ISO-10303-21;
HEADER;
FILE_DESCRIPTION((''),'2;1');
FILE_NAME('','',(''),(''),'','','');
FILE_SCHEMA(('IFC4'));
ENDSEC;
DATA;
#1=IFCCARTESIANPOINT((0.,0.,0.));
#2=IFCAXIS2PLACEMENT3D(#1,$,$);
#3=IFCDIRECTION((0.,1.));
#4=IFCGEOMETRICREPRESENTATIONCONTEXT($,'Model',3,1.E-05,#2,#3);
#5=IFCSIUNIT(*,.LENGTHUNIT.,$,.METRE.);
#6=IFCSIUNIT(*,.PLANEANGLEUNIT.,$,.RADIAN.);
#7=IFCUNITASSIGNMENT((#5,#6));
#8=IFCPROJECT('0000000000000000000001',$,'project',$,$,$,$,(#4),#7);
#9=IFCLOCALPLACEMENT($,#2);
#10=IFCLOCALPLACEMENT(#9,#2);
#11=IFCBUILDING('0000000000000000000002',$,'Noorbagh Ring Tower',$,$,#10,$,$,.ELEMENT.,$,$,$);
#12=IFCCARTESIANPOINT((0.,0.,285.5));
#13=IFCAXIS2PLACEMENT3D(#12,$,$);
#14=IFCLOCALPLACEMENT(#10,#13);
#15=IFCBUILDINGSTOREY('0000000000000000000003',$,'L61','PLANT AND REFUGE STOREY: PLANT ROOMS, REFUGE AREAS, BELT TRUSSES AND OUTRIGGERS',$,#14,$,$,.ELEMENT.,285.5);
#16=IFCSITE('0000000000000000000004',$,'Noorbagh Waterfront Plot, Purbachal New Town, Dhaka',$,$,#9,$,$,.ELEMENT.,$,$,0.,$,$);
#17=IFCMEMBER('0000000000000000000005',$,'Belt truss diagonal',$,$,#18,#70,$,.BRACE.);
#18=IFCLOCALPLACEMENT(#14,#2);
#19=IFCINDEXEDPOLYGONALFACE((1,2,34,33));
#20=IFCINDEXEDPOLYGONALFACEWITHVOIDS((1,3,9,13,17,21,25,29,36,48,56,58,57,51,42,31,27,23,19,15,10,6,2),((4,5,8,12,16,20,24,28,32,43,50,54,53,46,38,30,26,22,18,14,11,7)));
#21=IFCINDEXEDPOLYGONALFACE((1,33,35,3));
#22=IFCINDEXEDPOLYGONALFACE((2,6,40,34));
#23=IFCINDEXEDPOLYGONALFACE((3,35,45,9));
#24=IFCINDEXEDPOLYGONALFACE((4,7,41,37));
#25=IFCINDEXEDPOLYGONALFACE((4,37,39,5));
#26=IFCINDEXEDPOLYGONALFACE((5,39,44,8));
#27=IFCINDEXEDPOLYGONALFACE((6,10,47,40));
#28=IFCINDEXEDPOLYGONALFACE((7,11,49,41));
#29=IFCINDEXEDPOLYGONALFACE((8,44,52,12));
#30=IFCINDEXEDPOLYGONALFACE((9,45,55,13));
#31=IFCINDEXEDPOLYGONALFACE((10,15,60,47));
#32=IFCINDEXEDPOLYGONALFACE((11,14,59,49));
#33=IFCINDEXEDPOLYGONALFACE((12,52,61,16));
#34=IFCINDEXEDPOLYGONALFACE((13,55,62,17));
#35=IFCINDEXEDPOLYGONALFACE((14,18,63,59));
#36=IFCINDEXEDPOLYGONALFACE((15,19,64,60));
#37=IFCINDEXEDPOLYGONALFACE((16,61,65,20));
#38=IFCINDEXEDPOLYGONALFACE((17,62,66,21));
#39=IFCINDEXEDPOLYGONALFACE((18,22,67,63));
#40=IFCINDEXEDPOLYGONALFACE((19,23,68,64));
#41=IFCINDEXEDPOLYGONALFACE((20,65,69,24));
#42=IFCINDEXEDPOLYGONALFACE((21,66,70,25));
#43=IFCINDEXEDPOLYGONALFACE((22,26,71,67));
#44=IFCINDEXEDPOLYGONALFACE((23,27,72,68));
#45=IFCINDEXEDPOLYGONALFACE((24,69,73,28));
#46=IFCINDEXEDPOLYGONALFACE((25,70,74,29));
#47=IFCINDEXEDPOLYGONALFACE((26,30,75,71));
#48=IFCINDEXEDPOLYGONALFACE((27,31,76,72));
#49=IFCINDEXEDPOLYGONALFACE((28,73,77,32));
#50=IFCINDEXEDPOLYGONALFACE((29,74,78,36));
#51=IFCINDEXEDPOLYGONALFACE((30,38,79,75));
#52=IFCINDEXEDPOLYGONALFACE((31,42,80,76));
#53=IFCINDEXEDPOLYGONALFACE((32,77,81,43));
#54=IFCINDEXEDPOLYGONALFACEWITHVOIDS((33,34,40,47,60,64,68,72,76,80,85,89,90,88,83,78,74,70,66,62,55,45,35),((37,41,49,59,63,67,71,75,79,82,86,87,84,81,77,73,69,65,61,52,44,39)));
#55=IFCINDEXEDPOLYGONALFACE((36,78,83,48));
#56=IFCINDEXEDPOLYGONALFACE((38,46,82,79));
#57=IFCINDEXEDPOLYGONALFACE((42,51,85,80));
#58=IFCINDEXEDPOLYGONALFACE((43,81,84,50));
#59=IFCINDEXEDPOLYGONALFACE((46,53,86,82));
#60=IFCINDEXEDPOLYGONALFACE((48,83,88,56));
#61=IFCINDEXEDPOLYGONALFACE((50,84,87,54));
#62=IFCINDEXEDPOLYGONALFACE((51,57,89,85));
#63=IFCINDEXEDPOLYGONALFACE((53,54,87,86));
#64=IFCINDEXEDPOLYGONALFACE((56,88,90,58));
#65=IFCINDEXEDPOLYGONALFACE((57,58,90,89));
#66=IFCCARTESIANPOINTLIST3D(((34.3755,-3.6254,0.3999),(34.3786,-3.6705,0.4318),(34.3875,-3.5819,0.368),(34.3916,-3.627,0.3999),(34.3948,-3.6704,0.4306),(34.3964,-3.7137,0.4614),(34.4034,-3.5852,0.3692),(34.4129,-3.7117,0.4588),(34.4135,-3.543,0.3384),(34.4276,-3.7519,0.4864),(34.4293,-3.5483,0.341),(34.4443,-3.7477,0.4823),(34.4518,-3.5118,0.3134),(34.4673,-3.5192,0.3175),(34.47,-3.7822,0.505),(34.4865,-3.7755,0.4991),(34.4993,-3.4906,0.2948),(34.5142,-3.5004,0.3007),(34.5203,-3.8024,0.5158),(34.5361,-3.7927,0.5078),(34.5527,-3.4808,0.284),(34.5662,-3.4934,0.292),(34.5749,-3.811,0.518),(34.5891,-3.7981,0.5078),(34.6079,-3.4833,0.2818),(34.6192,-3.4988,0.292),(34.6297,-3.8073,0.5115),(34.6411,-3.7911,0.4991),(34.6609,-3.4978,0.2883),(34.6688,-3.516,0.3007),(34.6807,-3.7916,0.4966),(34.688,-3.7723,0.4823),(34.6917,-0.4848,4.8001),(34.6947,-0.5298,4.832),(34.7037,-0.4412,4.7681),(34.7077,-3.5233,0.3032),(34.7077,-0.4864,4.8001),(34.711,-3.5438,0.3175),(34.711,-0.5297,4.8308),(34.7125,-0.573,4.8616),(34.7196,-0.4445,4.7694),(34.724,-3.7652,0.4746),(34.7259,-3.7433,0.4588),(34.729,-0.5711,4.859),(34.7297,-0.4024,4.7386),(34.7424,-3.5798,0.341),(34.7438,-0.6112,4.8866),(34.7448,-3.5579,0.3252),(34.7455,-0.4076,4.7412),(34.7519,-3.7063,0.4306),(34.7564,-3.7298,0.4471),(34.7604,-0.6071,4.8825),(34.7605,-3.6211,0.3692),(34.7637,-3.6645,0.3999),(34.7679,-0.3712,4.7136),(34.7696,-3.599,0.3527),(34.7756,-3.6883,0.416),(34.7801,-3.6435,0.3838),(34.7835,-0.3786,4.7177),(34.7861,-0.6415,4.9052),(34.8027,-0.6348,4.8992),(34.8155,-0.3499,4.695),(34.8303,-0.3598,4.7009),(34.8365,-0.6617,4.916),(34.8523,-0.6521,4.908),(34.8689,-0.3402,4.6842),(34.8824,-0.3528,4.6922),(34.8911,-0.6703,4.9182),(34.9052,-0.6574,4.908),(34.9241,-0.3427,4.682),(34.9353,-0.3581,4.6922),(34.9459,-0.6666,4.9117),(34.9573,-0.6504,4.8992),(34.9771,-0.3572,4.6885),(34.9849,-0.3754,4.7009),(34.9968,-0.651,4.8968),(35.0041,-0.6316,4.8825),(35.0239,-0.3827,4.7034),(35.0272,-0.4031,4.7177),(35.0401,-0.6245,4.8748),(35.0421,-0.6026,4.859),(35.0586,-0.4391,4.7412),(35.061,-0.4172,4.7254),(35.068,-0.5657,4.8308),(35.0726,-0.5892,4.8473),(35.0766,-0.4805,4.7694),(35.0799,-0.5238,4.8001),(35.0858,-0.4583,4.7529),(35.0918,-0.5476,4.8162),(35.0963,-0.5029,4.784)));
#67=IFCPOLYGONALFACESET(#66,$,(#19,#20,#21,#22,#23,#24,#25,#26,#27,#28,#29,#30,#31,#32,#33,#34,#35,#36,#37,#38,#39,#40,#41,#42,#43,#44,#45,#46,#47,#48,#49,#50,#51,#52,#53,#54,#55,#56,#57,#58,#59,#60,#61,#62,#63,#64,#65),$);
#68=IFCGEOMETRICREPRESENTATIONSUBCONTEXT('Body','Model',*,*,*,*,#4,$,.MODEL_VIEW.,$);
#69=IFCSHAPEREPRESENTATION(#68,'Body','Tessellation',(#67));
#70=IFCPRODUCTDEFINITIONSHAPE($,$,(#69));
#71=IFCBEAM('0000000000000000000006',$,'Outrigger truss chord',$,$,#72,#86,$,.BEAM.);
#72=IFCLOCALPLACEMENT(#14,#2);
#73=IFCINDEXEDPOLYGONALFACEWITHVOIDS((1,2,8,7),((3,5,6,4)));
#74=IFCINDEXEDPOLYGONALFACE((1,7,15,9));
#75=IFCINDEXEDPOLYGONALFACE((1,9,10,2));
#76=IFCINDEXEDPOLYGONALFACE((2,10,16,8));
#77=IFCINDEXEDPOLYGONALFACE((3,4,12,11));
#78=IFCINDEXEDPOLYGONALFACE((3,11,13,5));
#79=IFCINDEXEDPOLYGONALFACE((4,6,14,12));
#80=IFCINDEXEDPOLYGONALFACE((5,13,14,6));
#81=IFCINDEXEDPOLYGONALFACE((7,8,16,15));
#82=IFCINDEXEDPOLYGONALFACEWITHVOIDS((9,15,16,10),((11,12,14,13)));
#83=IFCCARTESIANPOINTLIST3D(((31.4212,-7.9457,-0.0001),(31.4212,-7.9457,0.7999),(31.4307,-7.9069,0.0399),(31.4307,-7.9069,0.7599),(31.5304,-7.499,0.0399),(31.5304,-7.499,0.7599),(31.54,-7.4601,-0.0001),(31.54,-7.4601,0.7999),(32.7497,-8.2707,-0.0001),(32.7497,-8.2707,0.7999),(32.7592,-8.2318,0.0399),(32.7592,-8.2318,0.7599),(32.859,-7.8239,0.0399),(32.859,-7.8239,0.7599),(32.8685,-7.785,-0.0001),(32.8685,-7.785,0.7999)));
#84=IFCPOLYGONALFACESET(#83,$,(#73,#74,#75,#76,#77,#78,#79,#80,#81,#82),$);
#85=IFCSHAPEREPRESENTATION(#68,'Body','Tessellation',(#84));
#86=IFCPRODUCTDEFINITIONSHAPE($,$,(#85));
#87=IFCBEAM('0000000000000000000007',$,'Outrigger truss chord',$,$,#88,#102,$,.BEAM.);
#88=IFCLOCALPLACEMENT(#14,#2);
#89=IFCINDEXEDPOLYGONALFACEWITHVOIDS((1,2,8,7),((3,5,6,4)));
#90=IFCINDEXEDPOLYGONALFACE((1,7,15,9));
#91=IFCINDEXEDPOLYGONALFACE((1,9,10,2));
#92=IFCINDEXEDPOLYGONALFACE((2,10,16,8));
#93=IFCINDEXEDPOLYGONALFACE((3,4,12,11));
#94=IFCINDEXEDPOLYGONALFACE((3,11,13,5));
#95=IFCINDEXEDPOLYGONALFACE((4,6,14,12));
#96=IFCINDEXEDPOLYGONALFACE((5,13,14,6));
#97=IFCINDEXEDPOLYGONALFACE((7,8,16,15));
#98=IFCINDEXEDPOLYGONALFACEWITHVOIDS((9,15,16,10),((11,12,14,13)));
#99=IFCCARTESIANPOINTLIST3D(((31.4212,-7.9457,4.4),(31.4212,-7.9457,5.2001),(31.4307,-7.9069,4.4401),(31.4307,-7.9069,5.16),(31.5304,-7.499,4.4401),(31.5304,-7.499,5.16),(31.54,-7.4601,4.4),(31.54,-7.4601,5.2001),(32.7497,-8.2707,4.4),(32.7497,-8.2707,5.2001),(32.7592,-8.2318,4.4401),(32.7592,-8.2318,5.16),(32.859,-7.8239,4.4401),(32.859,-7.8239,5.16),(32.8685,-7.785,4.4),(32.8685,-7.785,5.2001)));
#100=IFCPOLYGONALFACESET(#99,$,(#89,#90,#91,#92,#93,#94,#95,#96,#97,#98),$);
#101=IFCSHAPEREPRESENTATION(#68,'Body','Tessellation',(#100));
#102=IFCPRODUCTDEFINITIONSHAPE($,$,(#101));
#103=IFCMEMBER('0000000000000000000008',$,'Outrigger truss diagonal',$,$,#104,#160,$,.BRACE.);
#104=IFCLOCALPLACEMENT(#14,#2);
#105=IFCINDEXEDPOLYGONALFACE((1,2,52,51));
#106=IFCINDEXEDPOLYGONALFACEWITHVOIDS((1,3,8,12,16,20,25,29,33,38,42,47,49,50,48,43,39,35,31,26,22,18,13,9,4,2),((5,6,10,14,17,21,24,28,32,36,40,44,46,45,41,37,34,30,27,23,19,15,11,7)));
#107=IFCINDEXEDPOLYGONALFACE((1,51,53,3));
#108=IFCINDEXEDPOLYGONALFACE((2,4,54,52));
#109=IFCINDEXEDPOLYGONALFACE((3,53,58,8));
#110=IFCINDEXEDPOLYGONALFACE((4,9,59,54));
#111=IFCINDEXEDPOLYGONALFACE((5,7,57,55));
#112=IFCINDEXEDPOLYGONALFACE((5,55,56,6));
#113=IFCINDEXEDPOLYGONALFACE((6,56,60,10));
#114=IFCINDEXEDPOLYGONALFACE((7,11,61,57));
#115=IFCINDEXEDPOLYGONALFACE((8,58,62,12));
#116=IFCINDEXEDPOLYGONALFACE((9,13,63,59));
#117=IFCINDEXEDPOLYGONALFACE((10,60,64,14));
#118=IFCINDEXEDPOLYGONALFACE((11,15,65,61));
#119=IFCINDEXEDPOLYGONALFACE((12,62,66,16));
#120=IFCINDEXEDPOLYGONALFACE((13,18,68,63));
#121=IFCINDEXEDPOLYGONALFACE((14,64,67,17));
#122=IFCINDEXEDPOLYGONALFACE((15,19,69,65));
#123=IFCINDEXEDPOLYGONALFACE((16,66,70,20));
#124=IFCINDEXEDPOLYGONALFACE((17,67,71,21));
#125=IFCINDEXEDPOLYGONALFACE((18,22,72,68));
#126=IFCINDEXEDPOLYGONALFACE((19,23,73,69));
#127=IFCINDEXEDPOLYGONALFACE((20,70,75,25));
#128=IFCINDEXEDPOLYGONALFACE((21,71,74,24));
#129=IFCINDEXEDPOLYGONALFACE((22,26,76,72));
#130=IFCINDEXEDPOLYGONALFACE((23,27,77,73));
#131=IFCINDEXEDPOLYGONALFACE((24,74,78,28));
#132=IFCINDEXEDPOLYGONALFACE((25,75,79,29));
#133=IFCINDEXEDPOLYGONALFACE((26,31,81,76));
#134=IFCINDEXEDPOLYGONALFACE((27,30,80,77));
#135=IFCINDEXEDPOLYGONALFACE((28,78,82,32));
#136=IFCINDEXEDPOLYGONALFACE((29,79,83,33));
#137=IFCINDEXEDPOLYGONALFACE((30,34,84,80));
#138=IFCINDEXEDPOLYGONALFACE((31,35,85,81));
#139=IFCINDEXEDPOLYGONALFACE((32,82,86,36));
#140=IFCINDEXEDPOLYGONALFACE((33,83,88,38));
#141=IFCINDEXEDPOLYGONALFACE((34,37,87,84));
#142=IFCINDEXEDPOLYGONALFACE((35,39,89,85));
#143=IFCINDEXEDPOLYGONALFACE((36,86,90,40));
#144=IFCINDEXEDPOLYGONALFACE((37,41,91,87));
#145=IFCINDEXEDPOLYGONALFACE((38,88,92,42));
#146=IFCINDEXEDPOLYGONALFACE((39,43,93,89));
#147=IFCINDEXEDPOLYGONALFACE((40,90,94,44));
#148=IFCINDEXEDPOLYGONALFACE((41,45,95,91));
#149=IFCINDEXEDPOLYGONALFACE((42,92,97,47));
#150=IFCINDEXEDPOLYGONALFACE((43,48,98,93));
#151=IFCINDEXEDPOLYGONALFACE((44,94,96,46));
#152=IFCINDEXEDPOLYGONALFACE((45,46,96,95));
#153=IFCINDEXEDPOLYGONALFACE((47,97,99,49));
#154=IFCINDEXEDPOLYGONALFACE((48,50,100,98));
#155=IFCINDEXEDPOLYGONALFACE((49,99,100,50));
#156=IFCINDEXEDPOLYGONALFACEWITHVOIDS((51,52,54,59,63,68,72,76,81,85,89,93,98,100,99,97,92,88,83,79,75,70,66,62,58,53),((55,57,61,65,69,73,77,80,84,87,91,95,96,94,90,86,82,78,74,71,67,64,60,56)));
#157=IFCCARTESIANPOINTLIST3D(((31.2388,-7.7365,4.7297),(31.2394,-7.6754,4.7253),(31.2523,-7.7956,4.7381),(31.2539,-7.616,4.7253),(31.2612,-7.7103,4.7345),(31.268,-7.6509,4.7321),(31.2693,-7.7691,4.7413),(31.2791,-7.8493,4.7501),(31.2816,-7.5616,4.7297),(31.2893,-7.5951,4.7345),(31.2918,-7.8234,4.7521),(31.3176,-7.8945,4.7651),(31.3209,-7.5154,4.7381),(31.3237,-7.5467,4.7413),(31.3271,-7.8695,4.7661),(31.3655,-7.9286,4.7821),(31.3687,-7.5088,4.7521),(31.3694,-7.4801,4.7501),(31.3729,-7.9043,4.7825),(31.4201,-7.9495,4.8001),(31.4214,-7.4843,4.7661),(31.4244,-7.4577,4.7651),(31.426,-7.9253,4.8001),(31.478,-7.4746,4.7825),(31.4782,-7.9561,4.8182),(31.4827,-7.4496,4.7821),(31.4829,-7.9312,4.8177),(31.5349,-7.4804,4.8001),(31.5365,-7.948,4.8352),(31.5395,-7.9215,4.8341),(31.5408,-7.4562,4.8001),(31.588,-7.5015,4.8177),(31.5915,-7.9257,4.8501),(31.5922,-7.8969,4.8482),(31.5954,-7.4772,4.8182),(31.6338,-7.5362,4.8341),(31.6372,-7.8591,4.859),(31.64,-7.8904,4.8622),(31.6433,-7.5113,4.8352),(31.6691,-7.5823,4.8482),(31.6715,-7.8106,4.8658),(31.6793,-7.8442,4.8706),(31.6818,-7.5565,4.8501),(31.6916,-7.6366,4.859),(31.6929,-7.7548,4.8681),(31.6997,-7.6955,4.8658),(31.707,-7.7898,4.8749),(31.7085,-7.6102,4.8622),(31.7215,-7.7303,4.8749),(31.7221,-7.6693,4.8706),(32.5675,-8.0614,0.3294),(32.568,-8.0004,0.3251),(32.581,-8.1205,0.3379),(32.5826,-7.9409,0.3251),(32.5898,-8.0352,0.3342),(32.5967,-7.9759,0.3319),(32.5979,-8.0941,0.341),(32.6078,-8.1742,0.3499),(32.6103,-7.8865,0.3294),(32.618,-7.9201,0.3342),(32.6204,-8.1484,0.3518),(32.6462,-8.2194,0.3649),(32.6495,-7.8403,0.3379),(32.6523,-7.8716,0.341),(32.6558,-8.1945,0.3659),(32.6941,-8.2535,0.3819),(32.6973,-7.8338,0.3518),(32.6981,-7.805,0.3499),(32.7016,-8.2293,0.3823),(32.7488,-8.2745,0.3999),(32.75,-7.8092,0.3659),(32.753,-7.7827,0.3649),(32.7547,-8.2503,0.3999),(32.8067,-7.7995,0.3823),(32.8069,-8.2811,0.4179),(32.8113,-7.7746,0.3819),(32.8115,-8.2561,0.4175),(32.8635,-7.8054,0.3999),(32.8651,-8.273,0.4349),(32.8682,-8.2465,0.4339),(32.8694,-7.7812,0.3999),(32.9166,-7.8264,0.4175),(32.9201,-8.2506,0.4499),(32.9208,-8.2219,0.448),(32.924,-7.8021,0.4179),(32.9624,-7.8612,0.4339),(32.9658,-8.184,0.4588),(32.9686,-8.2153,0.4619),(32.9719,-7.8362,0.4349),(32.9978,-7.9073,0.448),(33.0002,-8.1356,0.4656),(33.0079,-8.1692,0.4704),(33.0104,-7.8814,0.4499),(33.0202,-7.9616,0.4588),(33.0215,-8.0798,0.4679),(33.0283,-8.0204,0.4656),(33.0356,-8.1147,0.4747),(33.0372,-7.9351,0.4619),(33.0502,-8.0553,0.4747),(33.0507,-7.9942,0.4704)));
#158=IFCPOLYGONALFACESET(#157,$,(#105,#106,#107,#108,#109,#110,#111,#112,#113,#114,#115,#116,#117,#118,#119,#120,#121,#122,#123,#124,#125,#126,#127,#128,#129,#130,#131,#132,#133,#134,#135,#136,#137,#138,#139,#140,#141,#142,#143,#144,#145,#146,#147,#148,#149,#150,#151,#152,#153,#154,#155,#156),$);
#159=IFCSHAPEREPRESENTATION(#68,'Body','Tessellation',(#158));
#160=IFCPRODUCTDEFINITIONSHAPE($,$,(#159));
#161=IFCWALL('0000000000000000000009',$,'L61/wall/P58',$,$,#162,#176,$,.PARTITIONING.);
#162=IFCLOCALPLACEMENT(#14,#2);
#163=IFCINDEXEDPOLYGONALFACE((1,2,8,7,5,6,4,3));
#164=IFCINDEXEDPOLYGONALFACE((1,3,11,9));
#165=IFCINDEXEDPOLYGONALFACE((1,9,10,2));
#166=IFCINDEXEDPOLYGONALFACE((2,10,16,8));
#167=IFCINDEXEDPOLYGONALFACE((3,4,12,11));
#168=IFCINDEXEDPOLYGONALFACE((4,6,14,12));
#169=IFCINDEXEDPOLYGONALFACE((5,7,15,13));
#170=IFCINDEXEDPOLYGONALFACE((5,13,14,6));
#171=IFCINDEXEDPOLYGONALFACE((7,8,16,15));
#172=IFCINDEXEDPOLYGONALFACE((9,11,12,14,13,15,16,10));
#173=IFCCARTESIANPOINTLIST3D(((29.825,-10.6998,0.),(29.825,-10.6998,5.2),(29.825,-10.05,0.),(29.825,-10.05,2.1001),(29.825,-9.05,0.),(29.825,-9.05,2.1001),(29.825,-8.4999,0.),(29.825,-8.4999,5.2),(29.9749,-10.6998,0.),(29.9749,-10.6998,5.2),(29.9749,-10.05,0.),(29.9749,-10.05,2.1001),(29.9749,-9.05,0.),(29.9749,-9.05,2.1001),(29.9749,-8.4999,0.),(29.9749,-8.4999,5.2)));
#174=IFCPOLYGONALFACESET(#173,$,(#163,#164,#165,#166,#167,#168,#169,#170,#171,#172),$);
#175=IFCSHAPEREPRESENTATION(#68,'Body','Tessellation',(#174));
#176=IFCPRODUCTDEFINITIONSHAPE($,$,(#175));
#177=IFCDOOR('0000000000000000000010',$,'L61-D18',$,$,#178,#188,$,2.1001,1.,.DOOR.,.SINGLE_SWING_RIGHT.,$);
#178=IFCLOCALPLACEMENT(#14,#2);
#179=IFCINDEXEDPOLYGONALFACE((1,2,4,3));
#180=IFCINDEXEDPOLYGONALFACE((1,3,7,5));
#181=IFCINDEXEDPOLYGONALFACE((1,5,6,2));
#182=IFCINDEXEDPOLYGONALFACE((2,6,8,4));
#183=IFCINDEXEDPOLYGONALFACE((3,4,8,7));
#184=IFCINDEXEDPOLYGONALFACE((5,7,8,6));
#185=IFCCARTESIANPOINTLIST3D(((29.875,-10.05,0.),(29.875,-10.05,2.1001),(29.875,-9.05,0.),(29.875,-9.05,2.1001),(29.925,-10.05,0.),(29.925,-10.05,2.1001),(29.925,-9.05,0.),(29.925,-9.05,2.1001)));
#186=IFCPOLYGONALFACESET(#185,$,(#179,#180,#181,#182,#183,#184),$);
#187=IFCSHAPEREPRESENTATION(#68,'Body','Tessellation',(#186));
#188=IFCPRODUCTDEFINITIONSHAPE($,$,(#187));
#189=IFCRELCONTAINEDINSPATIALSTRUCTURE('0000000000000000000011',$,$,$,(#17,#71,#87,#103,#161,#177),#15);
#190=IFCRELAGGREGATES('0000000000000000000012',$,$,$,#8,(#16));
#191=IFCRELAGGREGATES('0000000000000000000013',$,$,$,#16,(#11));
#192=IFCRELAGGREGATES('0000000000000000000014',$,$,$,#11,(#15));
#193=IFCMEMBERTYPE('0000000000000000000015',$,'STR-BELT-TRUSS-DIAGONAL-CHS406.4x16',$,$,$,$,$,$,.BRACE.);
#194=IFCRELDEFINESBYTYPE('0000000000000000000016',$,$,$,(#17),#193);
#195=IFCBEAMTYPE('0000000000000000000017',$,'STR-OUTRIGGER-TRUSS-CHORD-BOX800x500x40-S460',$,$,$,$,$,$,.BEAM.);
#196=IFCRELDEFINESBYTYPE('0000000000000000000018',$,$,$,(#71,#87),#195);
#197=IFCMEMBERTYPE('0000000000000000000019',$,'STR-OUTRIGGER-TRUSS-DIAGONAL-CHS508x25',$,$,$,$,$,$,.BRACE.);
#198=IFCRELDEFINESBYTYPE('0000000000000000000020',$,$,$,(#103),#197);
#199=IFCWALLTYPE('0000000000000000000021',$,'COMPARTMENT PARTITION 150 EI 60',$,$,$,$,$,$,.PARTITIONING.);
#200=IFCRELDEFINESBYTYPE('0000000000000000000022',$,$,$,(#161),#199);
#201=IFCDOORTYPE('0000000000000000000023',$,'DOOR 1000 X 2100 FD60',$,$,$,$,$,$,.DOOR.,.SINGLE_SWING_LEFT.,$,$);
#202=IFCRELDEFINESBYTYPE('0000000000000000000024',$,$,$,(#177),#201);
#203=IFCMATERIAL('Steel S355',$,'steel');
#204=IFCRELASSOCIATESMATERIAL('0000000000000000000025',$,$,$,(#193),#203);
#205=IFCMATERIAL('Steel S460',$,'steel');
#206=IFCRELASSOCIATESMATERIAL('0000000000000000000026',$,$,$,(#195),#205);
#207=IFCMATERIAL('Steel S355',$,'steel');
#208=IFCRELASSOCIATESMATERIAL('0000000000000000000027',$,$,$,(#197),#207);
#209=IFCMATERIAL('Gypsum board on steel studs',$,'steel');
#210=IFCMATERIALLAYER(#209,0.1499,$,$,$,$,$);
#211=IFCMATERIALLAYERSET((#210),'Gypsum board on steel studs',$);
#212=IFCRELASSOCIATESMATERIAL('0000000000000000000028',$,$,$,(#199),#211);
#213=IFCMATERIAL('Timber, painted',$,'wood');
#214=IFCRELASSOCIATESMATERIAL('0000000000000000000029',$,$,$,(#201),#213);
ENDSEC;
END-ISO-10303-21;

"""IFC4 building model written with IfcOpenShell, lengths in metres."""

from ifc_helpers import new_model, si_unit, direction, frame, frame_2d, origin, origin_2d, place, context, subcontext, project, spatial, rectangle, hollow_rectangle, hollow_circle, extrude, material, layer, layer_set, material_profile, profile_set, type_object, element, fill, save


model = new_model("IFC4")

# Units and contexts
model_context = context("Model", 3, precision=1e-05, world=origin(), true_north=direction((0.0, 1.0)))
body_context = subcontext(model_context, "Body", "Model", "MODEL_VIEW")
ifc_project = project(units=[si_unit("LENGTHUNIT", "METRE"), si_unit("PLANEANGLEUNIT", "RADIAN")], contexts=[model_context])

# Site, building, storey
site_placement = place(None, origin())
site = spatial("IfcSite", under=ifc_project, at=site_placement, Name="Noorbagh Waterfront Plot, Purbachal New Town, Dhaka", CompositionType="ELEMENT", RefElevation=0.0)
building_placement = place(site_placement, origin())
building = spatial("IfcBuilding", under=site, at=building_placement, Name="Noorbagh Ring Tower", CompositionType="ELEMENT")
storey_placement = place(building_placement, frame((0.0, 0.0, 285.5)))
storey = spatial("IfcBuildingStorey", under=building, at=storey_placement, Name="L61", Description="PLANT AND REFUGE STOREY: PLANT ROOMS, REFUGE AREAS, BELT TRUSSES AND OUTRIGGERS", CompositionType="ELEMENT", Elevation=285.5)

# Member
ifc_material_1 = material(Name="Steel S355", Category="steel")
ifc_material_profile_1 = material_profile(ifc_material_1, hollow_circle(Radius=0.2031, WallThickness=0.0161, at=origin_2d()), Name="CHS406.4x16")
ifc_profile_set_1 = profile_set([ifc_material_profile_1], Name="Steel S355")
member_type_1 = type_object("IfcMemberType", Name="STR-BELT-TRUSS-DIAGONAL-CHS406.4x16", PredefinedType="BRACE", material=ifc_profile_set_1)
member_1_placement = place(storey_placement, frame((34.5776, -3.6458, 0.3999), z_axis=(0.058384, 0.579961, 0.812549), x_axis=(-0.994971, 0.100162, 0.0)))
element("IfcMember", 1, at=member_1_placement, inside=storey, type_object=member_type_1, Name="Belt truss diagonal", PredefinedType="BRACE", context=body_context, shape_type="SweptSolid", body=[
    extrude(hollow_circle(Radius=0.2031, WallThickness=0.0161, at=origin_2d()), origin(), (0.0, 0.0, 1.0), 5.4153),
])

# Beams
ifc_material_2 = material(Name="Steel S460", Category="steel")
ifc_material_profile_2 = material_profile(ifc_material_2, hollow_rectangle(XDim=0.5, YDim=0.8, WallThickness=0.04, at=origin_2d()), Name="BOX800x500x40")
ifc_profile_set_2 = profile_set([ifc_material_profile_2], Name="Steel S460")
beam_type_1 = type_object("IfcBeamType", Name="STR-OUTRIGGER-TRUSS-CHORD-BOX800x500x40-S460", PredefinedType="BEAM", material=ifc_profile_set_2)
for number, where, z_axis, x_axis, name in (
    (2, (32.8091, -8.0278, 0.3999), (-0.971369, 0.237577, 0.0), (-0.237577, -0.971369, 0.0), "Outrigger truss chord"),
    (3, (32.8091, -8.0278, 4.8), (-0.971369, 0.237577, 0.0), (-0.237577, -0.971369, 0.0), "Outrigger truss chord"),
):
    element("IfcBeam", number, at=place(storey_placement, frame(where, z_axis=z_axis, x_axis=x_axis)), inside=storey, type_object=beam_type_1, Name=name, PredefinedType="BEAM", context=body_context, shape_type="SweptSolid", body=[
        extrude(hollow_rectangle(XDim=0.5, YDim=0.8, WallThickness=0.04, at=origin_2d()), origin(), (0.0, 0.0, 1.0), 1.3677),
    ])

# Member
ifc_material_3 = material(Name="Steel S355", Category="steel")
ifc_material_profile_3 = material_profile(ifc_material_3, hollow_circle(Radius=0.2539, WallThickness=0.0249, at=origin_2d()), Name="CHS508x25")
ifc_profile_set_3 = profile_set([ifc_material_profile_3], Name="Steel S355")
member_type_2 = type_object("IfcMemberType", Name="STR-OUTRIGGER-TRUSS-DIAGONAL-CHS508x25", PredefinedType="BRACE", material=ifc_profile_set_3)
member_2_placement = place(storey_placement, frame((32.8091, -8.0278, 0.3999), z_axis=(-0.288338, 0.070522, 0.954928), x_axis=(-0.237577, -0.971369, 0.0)))
element("IfcMember", 4, at=member_2_placement, inside=storey, type_object=member_type_2, Name="Outrigger truss diagonal", PredefinedType="BRACE", context=body_context, shape_type="SweptSolid", body=[
    extrude(hollow_circle(Radius=0.2539, WallThickness=0.0249, at=origin_2d()), origin(), (0.0, 0.0, 1.0), 4.6079),
])

# Wall, opening, door
ifc_material_4 = material(Name="Gypsum board on steel studs", Category="steel")
ifc_layer_1 = layer(ifc_material_4, 0.1499)
ifc_layer_set_1 = layer_set([ifc_layer_1], Name="Gypsum board on steel studs")
wall_type_1 = type_object("IfcWallType", Name="COMPARTMENT PARTITION 150 EI 60", PredefinedType="PARTITIONING", material=ifc_layer_set_1)
wall_1_placement = place(storey_placement, frame((29.8999, -10.7, 0.0), z_axis=(0.0, 0.0, 1.0), x_axis=(0.0, 1.0, 0.0)))
wall_1 = element("IfcWall", 5, at=wall_1_placement, inside=storey, type_object=wall_type_1, Name="L61/wall/P58", PredefinedType="PARTITIONING", context=body_context, shape_type="SweptSolid", body=[
    extrude(rectangle(XDim=2.2, YDim=0.1499, at=frame_2d((1.1001, 0.0))), origin(), (0.0, 0.0, 1.0), 5.2),
])
opening_placement = place(wall_1_placement, frame((0.6499, 0.0, 0.0)))
opening = element("IfcOpeningElement", 6, at=opening_placement, cuts=wall_1, PredefinedType="OPENING", context=body_context, shape_type="SweptSolid", body=[
    extrude(rectangle(XDim=1.0, YDim=2.1001, at=frame_2d((0.5, 1.05))), frame((0.0, 0.085, 0.0), z_axis=(0.0, -1.0, 0.0), x_axis=(1.0, 0.0, 0.0)), (0.0, 0.0, 1.0), 0.1699),
])
ifc_material_5 = material(Name="Timber, painted", Category="wood")
door_type = type_object("IfcDoorType", Name="DOOR 1000 X 2100 FD60", OperationType="SINGLE_SWING_LEFT", PredefinedType="DOOR", material=ifc_material_5)
door_placement = place(opening_placement, origin())
door = element("IfcDoor", 7, at=door_placement, inside=storey, type_object=door_type, Name="L61-D18", OperationType="SINGLE_SWING_RIGHT", OverallHeight=2.1001, OverallWidth=1.0, PredefinedType="DOOR", context=body_context, shape_type="SweptSolid", body=[
    extrude(rectangle(XDim=1.0, YDim=2.1001, at=frame_2d((0.5, 1.05))), frame((0.0, 0.0249, 0.0), z_axis=(0.0, -1.0, 0.0), x_axis=(1.0, 0.0, 0.0)), (0.0, 0.0, 1.0), 0.05),
])
fill(opening, door)

save(model, "model.ifc")
